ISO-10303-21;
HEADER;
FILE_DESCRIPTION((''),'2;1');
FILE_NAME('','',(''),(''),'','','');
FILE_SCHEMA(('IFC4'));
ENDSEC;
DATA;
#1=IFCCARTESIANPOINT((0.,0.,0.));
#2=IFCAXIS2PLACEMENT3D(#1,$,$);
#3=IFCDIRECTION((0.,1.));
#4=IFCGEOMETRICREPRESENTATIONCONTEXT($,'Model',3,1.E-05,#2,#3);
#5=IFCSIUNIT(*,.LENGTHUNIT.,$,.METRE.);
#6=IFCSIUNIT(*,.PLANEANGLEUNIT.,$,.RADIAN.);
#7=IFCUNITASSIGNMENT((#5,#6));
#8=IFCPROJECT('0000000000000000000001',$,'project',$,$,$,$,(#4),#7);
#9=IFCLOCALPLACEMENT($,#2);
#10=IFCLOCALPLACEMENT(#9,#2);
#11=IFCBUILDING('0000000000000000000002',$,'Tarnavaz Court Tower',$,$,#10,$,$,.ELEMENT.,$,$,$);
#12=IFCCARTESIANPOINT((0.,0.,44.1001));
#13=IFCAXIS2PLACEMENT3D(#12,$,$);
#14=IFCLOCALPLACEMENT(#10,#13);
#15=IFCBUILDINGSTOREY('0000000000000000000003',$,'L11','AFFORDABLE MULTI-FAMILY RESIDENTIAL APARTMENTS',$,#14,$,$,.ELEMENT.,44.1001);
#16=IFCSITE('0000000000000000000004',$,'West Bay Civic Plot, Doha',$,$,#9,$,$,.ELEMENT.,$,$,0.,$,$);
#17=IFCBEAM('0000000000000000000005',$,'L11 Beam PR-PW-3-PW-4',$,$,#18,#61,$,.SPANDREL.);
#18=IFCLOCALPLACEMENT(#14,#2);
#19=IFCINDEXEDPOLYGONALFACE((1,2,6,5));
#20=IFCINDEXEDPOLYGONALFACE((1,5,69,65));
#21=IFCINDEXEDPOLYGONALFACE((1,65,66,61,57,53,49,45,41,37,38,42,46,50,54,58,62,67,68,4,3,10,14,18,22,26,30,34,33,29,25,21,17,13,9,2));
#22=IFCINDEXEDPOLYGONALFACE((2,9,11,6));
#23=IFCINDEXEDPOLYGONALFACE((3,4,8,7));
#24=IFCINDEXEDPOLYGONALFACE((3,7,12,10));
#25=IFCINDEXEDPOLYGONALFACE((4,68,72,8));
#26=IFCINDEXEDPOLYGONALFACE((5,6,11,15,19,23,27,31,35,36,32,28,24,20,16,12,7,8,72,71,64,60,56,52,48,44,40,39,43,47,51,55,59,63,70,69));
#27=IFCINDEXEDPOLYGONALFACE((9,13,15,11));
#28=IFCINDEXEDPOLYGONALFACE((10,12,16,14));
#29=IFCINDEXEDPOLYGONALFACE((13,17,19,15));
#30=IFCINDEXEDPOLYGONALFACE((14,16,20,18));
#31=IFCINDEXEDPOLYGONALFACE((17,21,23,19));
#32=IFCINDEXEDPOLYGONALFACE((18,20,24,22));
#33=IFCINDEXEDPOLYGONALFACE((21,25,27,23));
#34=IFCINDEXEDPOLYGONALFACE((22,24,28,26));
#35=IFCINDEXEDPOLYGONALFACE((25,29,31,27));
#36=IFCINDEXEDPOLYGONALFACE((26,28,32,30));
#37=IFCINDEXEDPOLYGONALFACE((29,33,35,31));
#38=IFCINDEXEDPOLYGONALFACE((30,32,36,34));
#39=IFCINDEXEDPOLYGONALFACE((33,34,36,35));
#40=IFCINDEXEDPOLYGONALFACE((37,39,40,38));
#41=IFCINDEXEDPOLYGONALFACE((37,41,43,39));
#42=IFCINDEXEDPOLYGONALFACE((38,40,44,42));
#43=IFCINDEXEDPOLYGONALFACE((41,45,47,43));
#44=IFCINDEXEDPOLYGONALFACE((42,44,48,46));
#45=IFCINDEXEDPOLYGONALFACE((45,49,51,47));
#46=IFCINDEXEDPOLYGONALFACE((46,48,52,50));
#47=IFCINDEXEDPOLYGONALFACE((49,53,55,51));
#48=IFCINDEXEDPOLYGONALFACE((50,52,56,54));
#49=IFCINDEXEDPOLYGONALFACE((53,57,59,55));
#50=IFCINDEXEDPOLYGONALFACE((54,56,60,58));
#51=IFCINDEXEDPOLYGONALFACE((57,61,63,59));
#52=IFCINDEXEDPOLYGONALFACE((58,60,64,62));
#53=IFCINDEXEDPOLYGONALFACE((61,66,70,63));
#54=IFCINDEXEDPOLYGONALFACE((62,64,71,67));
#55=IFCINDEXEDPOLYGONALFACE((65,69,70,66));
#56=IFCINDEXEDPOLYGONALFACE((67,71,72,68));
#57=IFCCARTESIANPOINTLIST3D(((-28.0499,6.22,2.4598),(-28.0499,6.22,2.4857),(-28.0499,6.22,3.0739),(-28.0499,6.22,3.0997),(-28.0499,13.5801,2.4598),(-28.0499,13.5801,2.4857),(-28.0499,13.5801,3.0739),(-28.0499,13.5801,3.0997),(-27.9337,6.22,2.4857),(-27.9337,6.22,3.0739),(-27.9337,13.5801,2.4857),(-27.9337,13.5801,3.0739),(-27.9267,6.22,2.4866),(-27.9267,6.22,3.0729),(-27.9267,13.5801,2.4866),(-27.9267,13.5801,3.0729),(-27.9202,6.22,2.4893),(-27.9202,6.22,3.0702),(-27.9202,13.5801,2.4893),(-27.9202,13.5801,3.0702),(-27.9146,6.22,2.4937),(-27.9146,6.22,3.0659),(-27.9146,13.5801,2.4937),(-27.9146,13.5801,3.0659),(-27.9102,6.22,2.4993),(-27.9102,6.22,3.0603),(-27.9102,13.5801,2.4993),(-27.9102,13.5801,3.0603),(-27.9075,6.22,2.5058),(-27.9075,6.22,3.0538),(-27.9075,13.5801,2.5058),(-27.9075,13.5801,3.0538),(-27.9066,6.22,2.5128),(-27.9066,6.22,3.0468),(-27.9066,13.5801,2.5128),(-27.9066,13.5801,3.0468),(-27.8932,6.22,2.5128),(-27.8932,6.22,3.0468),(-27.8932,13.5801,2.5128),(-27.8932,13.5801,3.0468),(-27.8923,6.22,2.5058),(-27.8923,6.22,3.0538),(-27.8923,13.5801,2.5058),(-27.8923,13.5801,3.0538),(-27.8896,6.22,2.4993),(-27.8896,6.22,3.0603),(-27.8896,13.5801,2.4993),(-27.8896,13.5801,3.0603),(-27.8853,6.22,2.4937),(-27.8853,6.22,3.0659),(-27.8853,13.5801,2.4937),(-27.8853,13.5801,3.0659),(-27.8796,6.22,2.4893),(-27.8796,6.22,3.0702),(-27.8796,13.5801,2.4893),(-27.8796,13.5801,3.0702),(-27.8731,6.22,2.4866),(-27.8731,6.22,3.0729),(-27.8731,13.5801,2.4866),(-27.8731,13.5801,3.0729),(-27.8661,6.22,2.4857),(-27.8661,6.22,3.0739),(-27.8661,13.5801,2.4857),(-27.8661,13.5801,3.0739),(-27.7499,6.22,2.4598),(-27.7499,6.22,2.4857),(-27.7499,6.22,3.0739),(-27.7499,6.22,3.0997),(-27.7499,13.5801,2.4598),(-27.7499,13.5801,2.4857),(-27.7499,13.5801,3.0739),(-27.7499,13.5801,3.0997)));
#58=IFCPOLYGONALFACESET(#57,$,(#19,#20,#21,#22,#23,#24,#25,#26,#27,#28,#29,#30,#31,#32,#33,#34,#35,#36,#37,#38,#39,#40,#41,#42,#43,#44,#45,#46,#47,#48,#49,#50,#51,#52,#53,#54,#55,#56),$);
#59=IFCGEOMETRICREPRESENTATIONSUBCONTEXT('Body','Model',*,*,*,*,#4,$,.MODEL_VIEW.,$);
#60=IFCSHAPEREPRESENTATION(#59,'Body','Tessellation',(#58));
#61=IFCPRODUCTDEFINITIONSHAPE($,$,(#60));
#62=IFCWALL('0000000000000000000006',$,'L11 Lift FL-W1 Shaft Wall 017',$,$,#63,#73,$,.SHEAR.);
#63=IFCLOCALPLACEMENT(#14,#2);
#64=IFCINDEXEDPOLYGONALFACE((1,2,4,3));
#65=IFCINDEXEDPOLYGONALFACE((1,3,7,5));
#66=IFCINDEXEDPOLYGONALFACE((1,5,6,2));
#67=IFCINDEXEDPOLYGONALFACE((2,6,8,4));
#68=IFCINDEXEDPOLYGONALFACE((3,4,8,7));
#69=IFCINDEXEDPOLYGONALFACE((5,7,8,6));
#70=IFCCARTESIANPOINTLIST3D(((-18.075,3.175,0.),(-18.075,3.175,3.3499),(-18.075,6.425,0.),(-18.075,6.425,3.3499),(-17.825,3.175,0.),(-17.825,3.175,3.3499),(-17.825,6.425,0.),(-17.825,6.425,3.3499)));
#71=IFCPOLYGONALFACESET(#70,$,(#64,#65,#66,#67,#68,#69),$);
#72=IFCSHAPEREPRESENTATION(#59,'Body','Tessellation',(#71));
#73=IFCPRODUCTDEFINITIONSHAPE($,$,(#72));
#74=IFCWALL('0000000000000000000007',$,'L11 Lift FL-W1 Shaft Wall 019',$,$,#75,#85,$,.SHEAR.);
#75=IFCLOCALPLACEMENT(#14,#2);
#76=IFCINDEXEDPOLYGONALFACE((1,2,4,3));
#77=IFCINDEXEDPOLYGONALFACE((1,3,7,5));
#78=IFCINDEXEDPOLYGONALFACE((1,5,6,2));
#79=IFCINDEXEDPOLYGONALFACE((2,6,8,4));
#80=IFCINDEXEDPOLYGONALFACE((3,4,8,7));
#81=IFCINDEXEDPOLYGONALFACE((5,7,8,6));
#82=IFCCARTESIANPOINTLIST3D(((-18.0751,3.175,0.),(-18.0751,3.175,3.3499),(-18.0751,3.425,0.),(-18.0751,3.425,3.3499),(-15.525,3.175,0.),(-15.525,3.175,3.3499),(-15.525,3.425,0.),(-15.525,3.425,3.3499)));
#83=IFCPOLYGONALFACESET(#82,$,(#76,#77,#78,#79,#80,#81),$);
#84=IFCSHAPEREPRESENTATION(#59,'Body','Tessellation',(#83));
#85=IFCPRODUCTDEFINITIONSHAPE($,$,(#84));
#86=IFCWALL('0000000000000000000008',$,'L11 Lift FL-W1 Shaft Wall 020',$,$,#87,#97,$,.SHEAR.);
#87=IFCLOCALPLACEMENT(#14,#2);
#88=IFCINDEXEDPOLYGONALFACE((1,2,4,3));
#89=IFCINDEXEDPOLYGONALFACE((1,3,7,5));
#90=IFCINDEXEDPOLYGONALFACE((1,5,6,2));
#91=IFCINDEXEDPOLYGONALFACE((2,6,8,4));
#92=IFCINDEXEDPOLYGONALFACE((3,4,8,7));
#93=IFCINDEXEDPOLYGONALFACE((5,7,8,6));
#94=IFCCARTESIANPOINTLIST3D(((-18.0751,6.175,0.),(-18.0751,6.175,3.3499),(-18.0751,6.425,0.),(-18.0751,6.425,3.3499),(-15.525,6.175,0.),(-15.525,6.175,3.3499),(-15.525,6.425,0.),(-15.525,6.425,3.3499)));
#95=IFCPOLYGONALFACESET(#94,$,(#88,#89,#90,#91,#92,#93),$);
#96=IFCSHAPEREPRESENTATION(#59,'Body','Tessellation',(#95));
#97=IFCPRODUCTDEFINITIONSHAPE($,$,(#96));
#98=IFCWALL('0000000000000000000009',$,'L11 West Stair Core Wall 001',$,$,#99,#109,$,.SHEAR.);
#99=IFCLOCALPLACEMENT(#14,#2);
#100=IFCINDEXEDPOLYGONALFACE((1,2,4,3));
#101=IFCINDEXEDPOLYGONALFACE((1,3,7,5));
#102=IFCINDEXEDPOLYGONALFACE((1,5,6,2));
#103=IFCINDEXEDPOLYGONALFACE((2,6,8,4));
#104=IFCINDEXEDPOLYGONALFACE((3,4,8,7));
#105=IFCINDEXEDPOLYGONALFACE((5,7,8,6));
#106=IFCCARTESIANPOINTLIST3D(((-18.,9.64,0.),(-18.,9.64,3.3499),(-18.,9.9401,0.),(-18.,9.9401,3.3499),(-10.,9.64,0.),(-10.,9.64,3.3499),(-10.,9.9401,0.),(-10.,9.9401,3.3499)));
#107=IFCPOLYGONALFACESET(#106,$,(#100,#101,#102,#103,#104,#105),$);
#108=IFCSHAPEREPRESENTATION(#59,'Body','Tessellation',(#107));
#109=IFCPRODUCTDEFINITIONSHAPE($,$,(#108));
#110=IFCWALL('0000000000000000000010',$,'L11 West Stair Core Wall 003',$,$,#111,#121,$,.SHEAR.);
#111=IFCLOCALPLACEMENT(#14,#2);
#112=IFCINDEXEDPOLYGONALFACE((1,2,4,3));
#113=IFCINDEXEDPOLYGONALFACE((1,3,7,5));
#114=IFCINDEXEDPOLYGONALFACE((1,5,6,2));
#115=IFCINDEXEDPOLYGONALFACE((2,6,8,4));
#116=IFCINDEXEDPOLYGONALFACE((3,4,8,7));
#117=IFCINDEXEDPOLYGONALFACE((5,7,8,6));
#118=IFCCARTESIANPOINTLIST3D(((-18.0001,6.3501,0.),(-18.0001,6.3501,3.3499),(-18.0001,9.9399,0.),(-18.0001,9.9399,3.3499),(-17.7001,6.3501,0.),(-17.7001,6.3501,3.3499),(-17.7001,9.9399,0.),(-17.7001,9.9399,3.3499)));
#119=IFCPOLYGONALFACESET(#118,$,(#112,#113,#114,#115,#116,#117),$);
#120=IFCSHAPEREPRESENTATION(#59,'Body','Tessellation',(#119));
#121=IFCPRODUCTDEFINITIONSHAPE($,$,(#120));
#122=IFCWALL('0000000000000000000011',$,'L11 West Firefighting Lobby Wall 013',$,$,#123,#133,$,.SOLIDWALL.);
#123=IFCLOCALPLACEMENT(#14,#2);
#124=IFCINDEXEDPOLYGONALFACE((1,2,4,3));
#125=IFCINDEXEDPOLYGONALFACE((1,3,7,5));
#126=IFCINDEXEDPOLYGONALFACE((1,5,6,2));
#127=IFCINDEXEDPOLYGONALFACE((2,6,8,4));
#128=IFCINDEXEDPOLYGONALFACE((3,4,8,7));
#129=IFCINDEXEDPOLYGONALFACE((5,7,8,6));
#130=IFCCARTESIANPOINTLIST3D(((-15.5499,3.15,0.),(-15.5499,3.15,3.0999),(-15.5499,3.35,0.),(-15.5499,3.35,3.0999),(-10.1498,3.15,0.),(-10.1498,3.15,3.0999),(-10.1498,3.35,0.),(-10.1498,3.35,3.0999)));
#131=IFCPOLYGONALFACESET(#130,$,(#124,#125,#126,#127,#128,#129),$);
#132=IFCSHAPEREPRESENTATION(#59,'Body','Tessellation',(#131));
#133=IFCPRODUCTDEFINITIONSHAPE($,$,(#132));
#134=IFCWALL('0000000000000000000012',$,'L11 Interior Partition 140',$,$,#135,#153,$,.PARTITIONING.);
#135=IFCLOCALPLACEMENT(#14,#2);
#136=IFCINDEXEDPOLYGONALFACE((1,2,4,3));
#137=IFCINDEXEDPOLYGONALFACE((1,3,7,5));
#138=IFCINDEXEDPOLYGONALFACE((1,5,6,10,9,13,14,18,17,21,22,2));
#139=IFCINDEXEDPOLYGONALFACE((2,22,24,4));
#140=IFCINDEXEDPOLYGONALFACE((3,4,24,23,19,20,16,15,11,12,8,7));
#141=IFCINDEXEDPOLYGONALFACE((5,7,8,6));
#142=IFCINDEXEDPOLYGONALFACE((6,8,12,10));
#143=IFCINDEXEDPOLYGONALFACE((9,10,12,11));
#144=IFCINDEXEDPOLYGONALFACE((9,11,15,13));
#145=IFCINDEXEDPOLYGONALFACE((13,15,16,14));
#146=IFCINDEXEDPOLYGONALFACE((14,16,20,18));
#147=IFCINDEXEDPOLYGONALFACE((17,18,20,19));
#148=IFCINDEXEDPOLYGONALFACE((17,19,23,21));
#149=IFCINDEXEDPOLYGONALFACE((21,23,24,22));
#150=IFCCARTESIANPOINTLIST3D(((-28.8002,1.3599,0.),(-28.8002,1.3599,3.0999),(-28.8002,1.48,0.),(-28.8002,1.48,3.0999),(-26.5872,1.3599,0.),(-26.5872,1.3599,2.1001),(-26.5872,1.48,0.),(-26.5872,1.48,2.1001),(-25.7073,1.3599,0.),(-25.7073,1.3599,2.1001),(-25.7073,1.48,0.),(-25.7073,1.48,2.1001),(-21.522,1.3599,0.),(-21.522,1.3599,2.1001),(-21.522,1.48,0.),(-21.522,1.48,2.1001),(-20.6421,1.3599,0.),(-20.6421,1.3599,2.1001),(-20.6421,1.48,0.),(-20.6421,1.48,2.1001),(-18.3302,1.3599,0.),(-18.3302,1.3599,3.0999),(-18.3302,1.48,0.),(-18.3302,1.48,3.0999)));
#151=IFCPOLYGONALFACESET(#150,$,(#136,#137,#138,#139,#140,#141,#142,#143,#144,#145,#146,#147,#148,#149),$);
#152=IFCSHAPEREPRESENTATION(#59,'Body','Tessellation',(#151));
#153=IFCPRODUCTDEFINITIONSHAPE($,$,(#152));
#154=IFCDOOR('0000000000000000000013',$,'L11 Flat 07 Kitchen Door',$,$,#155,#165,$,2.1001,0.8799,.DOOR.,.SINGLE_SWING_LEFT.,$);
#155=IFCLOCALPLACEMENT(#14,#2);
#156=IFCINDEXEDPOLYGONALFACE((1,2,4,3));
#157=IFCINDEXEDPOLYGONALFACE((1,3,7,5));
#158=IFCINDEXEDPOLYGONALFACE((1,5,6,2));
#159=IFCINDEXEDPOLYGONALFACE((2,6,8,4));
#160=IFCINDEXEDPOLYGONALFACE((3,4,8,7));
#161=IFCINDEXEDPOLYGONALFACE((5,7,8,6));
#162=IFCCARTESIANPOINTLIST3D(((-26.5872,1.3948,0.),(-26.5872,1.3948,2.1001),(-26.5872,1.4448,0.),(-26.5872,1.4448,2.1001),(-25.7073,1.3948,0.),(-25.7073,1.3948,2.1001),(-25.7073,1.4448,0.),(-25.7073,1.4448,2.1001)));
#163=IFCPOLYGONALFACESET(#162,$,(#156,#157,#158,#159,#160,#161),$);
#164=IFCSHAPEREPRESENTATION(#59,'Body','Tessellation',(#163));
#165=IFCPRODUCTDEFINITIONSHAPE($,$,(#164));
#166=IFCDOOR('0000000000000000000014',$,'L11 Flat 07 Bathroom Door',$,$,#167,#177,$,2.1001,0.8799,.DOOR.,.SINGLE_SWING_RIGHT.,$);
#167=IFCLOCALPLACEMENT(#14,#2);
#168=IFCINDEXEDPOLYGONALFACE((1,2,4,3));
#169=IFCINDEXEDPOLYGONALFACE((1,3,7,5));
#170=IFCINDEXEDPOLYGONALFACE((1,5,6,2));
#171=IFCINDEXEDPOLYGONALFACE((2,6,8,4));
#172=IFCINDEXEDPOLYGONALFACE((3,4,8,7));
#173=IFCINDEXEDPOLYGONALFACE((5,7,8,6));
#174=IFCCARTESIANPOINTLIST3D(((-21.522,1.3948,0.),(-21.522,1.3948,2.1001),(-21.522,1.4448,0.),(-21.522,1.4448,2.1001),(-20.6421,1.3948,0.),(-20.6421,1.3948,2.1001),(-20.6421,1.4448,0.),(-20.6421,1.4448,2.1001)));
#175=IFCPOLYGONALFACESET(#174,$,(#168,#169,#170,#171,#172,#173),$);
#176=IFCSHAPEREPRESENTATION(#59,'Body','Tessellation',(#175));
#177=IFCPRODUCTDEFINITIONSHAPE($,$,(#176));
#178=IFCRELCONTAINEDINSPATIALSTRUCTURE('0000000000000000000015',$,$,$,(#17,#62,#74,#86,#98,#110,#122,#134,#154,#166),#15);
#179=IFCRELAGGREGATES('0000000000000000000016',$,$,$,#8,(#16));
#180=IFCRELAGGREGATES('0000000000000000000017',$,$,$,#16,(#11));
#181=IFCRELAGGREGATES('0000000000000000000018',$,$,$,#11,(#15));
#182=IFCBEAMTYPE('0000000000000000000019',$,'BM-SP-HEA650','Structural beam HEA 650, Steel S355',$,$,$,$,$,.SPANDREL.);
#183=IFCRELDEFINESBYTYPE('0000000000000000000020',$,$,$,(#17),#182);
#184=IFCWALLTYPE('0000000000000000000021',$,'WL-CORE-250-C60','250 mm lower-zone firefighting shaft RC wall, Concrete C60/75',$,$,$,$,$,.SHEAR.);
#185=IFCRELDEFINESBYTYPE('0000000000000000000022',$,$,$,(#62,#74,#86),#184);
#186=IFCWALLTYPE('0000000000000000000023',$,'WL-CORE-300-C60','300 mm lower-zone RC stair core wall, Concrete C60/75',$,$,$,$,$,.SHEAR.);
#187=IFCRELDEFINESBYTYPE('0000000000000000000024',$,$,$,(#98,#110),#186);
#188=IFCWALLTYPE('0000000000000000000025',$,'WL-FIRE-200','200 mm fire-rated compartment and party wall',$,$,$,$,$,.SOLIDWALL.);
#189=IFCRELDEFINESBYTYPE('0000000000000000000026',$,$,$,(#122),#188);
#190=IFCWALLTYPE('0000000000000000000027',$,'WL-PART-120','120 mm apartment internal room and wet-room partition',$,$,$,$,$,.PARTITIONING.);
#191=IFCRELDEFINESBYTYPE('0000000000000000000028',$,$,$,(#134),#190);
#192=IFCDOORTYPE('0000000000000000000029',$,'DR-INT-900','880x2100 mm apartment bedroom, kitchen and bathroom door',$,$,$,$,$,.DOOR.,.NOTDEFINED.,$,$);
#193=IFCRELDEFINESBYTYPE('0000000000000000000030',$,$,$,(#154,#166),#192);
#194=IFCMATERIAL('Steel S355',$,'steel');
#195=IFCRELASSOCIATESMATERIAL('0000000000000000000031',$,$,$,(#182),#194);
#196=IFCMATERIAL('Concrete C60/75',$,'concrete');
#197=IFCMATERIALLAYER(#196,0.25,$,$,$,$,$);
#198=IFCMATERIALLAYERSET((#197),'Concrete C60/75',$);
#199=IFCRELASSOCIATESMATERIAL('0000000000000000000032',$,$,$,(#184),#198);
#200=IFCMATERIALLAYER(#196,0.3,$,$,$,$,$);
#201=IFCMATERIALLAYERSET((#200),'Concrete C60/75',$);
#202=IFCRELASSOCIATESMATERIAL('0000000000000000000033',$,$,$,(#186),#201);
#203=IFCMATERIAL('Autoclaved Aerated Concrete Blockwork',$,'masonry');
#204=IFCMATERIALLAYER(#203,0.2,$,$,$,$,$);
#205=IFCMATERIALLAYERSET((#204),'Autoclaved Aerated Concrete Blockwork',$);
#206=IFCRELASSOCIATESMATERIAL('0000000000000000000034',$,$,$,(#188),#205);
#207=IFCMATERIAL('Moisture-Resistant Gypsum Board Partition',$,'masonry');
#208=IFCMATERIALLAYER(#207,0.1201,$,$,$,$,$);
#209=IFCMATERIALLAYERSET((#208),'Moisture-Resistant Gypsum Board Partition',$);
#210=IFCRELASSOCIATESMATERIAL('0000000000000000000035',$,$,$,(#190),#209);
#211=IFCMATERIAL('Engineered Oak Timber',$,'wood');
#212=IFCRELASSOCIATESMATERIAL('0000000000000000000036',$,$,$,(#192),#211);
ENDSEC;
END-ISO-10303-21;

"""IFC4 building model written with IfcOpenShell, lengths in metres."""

from ifc_helpers import new_model, si_unit, direction, frame, frame_2d, origin, origin_2d, place, context, subcontext, project, spatial, rectangle, i_section, extrude, material, layer, layer_set, material_profile, profile_set, type_object, element, fill, save


model = new_model("IFC4")

# Units and contexts
model_context = context("Model", 3, precision=1e-05, world=origin(), true_north=direction((0.0, 1.0)))
body_context = subcontext(model_context, "Body", "Model", "MODEL_VIEW")
ifc_project = project(units=[si_unit("LENGTHUNIT", "METRE"), si_unit("PLANEANGLEUNIT", "RADIAN")], contexts=[model_context])

# Site, building, storey
site_placement = place(None, origin())
site = spatial("IfcSite", under=ifc_project, at=site_placement, Name="West Bay Civic Plot, Doha", CompositionType="ELEMENT", RefElevation=0.0)
building_placement = place(site_placement, origin())
building = spatial("IfcBuilding", under=site, at=building_placement, Name="Tarnavaz Court Tower", CompositionType="ELEMENT")
storey_placement = place(building_placement, frame((0.0, 0.0, 44.1001)))
storey = spatial("IfcBuildingStorey", under=building, at=storey_placement, Name="L11", Description="AFFORDABLE MULTI-FAMILY RESIDENTIAL APARTMENTS", CompositionType="ELEMENT", Elevation=44.1001)

# Shared definitions
ifc_material_1 = material(Name="Concrete C60/75", Category="concrete")

# Beam
ifc_material_2 = material(Name="Steel S355", Category="steel")
ifc_material_profile_1 = material_profile(ifc_material_2, i_section(OverallWidth=0.3, OverallDepth=0.6399, WebThickness=0.0134, FlangeThickness=0.0259, FilletRadius=0.0271, at=origin_2d()), Name="HEA 650")
ifc_profile_set_1 = profile_set([ifc_material_profile_1], Name="Steel S355")
beam_type_1 = type_object("IfcBeamType", Name="BM-SP-HEA650", Description="Structural beam HEA 650, Steel S355", PredefinedType="SPANDREL", material=ifc_profile_set_1)
beam_1_placement = place(storey_placement, frame((-27.8999, 6.22, 2.7798), z_axis=(0.0, 1.0, 0.0), x_axis=(-1.0, 0.0, 0.0)))
element("IfcBeam", 1, at=beam_1_placement, inside=storey, type_object=beam_type_1, Name="L11 Beam PR-PW-3-PW-4", PredefinedType="SPANDREL", context=body_context, shape_type="SweptSolid", body=[
    extrude(i_section(OverallWidth=0.3, OverallDepth=0.6399, WebThickness=0.0134, FlangeThickness=0.0259, FilletRadius=0.0271, at=origin_2d()), origin(), (0.0, 0.0, 1.0), 7.3601),
])

# Wall
ifc_layer_1 = layer(ifc_material_1, 0.25)
ifc_layer_set_1 = layer_set([ifc_layer_1], Name="Concrete C60/75")
wall_type_1 = type_object("IfcWallType", Name="WL-CORE-250-C60", Description="250 mm lower-zone firefighting shaft RC wall, Concrete C60/75", PredefinedType="SHEAR", material=ifc_layer_set_1)
wall_1_placement = place(storey_placement, frame((-17.95, 3.175, 0.0), z_axis=(0.0, 0.0, 1.0), x_axis=(0.0, 1.0, 0.0)))
element("IfcWall", 2, at=wall_1_placement, inside=storey, type_object=wall_type_1, Name="L11 Lift FL-W1 Shaft Wall 017", PredefinedType="SHEAR", context=body_context, shape_type="SweptSolid", body=[
    extrude(rectangle(XDim=3.25, YDim=0.25, at=frame_2d((1.625, 0.0))), origin(), (0.0, 0.0, 1.0), 3.3499),
])

# Walls
for number, where, z_axis, x_axis, name in (
    (3, (-18.075, 3.3, 0.0), (0.0, 0.0, 1.0), (1.0, 0.0, 0.0), "L11 Lift FL-W1 Shaft Wall 019"),
    (4, (-18.075, 6.3, 0.0), (0.0, 0.0, 1.0), (1.0, 0.0, 0.0), "L11 Lift FL-W1 Shaft Wall 020"),
):
    element("IfcWall", number, at=place(storey_placement, frame(where, z_axis=z_axis, x_axis=x_axis)), inside=storey, type_object=wall_type_1, Name=name, PredefinedType="SHEAR", context=body_context, shape_type="SweptSolid", body=[
        extrude(rectangle(XDim=2.55, YDim=0.25, at=frame_2d((1.2749, 0.0))), origin(), (0.0, 0.0, 1.0), 3.3499),
    ])
ifc_layer_2 = layer(ifc_material_1, 0.3)
ifc_layer_set_2 = layer_set([ifc_layer_2], Name="Concrete C60/75")
wall_type_2 = type_object("IfcWallType", Name="WL-CORE-300-C60", Description="300 mm lower-zone RC stair core wall, Concrete C60/75", PredefinedType="SHEAR", material=ifc_layer_set_2)
wall_2_placement = place(storey_placement, frame((-18.0, 9.79, 0.0), z_axis=(0.0, 0.0, 1.0), x_axis=(1.0, 0.0, 0.0)))
element("IfcWall", 5, at=wall_2_placement, inside=storey, type_object=wall_type_2, Name="L11 West Stair Core Wall 001", PredefinedType="SHEAR", context=body_context, shape_type="SweptSolid", body=[
    extrude(rectangle(XDim=8.0, YDim=0.3, at=frame_2d((4.0, 0.0))), origin(), (0.0, 0.0, 1.0), 3.3499),
])

# Walls
wall_3_placement = place(storey_placement, frame((-17.8501, 6.3501, 0.0), z_axis=(0.0, 0.0, 1.0), x_axis=(0.0, 1.0, 0.0)))
element("IfcWall", 6, at=wall_3_placement, inside=storey, type_object=wall_type_2, Name="L11 West Stair Core Wall 003", PredefinedType="SHEAR", context=body_context, shape_type="SweptSolid", body=[
    extrude(rectangle(XDim=3.5898, YDim=0.3, at=frame_2d((1.7949, 0.0))), origin(), (0.0, 0.0, 1.0), 3.3499),
])
ifc_material_3 = material(Name="Autoclaved Aerated Concrete Blockwork", Category="masonry")
ifc_layer_3 = layer(ifc_material_3, 0.2)
ifc_layer_set_3 = layer_set([ifc_layer_3], Name="Autoclaved Aerated Concrete Blockwork")
wall_type_3 = type_object("IfcWallType", Name="WL-FIRE-200", Description="200 mm fire-rated compartment and party wall", PredefinedType="SOLIDWALL", material=ifc_layer_set_3)
wall_4_placement = place(storey_placement, frame((-15.55, 3.25, 0.0), z_axis=(0.0, 0.0, 1.0), x_axis=(1.0, 0.0, 0.0)))
element("IfcWall", 7, at=wall_4_placement, inside=storey, type_object=wall_type_3, Name="L11 West Firefighting Lobby Wall 013", PredefinedType="SOLIDWALL", context=body_context, shape_type="SweptSolid", body=[
    extrude(rectangle(XDim=5.4001, YDim=0.2, at=frame_2d((2.7002, 0.0))), origin(), (0.0, 0.0, 1.0), 3.0999),
])

# Wall, openings, doors
ifc_material_4 = material(Name="Moisture-Resistant Gypsum Board Partition", Category="masonry")
ifc_layer_4 = layer(ifc_material_4, 0.1201)
ifc_layer_set_4 = layer_set([ifc_layer_4], Name="Moisture-Resistant Gypsum Board Partition")
wall_type_4 = type_object("IfcWallType", Name="WL-PART-120", Description="120 mm apartment internal room and wet-room partition", PredefinedType="PARTITIONING", material=ifc_layer_set_4)
wall_5_placement = place(storey_placement, frame((-28.8, 1.4199, 0.0), z_axis=(0.0, 0.0, 1.0), x_axis=(1.0, 0.0, 0.0)))
wall_5 = element("IfcWall", 8, at=wall_5_placement, inside=storey, type_object=wall_type_4, Name="L11 Interior Partition 140", PredefinedType="PARTITIONING", context=body_context, shape_type="SweptSolid", body=[
    extrude(rectangle(XDim=10.47, YDim=0.1201, at=frame_2d((5.2349, 0.0))), origin(), (0.0, 0.0, 1.0), 3.0999),
])
opening_1_placement = place(wall_5_placement, frame((2.2129, 0.0, 0.0)))
opening_1 = element("IfcOpeningElement", 9, at=opening_1_placement, cuts=wall_5, PredefinedType="OPENING", context=body_context, shape_type="SweptSolid", body=[
    extrude(rectangle(XDim=0.8799, YDim=2.1001, at=frame_2d((0.4399, 1.05))), frame((0.0, 0.0701, 0.0), z_axis=(0.0, -1.0, 0.0), x_axis=(1.0, 0.0, 0.0)), (0.0, 0.0, 1.0), 0.1401),
])
opening_2_placement = place(wall_5_placement, frame((7.2781, 0.0, 0.0)))
opening_2 = element("IfcOpeningElement", 10, at=opening_2_placement, cuts=wall_5, PredefinedType="OPENING", context=body_context, shape_type="SweptSolid", body=[
    extrude(rectangle(XDim=0.8799, YDim=2.1001, at=frame_2d((0.4399, 1.05))), frame((0.0, 0.0701, 0.0), z_axis=(0.0, -1.0, 0.0), x_axis=(1.0, 0.0, 0.0)), (0.0, 0.0, 1.0), 0.1401),
])
ifc_material_5 = material(Name="Engineered Oak Timber", Category="wood")
door_type_1 = type_object("IfcDoorType", Name="DR-INT-900", Description="880x2100 mm apartment bedroom, kitchen and bathroom door", OperationType="NOTDEFINED", PredefinedType="DOOR", material=ifc_material_5)
door_1_placement = place(opening_1_placement, origin())
door_1 = element("IfcDoor", 11, at=door_1_placement, inside=storey, type_object=door_type_1, Name="L11 Flat 07 Kitchen Door", OperationType="SINGLE_SWING_LEFT", OverallHeight=2.1001, OverallWidth=0.8799, PredefinedType="DOOR", context=body_context, shape_type="SweptSolid", body=[
    extrude(rectangle(XDim=0.8799, YDim=2.1001, at=frame_2d((0.4399, 1.05))), frame((0.0, 0.0249, 0.0), z_axis=(0.0, -1.0, 0.0), x_axis=(1.0, 0.0, 0.0)), (0.0, 0.0, 1.0), 0.05),
])
fill(opening_1, door_1)
door_2_placement = place(opening_2_placement, origin())
door_2 = element("IfcDoor", 12, at=door_2_placement, inside=storey, type_object=door_type_1, Name="L11 Flat 07 Bathroom Door", OperationType="SINGLE_SWING_RIGHT", OverallHeight=2.1001, OverallWidth=0.8799, PredefinedType="DOOR", context=body_context, shape_type="SweptSolid", body=[
    extrude(rectangle(XDim=0.8799, YDim=2.1001, at=frame_2d((0.4399, 1.05))), frame((0.0, 0.0249, 0.0), z_axis=(0.0, -1.0, 0.0), x_axis=(1.0, 0.0, 0.0)), (0.0, 0.0, 1.0), 0.05),
])
fill(opening_2, door_2)

save(model, "model.ifc")
